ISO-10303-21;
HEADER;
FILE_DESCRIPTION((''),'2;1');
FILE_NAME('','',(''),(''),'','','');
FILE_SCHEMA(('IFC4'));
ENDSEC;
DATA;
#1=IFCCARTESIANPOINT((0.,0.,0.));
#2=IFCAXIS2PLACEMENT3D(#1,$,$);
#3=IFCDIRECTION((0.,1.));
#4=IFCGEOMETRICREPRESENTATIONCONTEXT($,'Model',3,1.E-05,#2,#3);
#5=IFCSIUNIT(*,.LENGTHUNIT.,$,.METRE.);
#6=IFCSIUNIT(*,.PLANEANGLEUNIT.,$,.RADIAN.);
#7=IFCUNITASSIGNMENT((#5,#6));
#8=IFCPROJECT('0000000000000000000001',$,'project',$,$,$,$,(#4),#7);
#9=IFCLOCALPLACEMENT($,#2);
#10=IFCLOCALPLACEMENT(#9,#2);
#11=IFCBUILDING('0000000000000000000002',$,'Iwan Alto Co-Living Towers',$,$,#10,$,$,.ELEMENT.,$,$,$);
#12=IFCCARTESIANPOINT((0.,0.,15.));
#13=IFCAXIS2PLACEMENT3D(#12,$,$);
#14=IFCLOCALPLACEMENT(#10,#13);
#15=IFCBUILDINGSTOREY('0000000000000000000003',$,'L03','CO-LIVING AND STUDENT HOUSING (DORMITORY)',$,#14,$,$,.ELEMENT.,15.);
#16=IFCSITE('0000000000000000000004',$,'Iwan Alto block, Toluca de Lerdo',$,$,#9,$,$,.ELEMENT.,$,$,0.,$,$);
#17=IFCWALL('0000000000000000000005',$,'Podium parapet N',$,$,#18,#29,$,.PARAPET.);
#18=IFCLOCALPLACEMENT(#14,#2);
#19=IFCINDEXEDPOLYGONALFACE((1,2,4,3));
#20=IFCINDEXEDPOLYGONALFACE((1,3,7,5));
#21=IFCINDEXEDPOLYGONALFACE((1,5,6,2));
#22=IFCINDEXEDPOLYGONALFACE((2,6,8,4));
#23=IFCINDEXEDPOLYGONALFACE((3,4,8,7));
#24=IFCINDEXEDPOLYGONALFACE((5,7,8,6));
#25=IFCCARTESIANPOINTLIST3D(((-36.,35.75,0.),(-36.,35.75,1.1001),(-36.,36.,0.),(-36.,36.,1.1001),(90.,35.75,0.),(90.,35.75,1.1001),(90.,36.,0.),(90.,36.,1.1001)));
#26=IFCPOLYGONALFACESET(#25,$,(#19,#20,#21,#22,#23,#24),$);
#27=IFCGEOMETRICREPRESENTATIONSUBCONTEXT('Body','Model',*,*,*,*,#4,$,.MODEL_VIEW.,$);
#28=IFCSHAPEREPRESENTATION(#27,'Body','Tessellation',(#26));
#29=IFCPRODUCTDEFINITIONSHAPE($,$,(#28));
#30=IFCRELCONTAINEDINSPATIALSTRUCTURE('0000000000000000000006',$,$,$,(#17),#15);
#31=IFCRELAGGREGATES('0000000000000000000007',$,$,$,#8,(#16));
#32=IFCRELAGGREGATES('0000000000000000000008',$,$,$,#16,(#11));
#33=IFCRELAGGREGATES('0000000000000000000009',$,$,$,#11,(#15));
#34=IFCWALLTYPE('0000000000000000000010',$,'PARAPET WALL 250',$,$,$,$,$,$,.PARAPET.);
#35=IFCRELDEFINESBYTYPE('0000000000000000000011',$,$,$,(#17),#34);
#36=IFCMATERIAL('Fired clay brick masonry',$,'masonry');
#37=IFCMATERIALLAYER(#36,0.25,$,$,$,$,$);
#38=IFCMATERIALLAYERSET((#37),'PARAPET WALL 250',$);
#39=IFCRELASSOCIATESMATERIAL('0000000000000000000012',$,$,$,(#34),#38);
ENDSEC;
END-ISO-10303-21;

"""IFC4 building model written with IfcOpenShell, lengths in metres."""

from ifc_helpers import new_model, si_unit, direction, frame, frame_2d, origin, place, context, subcontext, project, spatial, rectangle, extrude, material, layer, layer_set, type_object, element, save


model = new_model("IFC4")

# Units and contexts
model_context = context("Model", 3, precision=1e-05, world=origin(), true_north=direction((0.0, 1.0)))
body_context = subcontext(model_context, "Body", "Model", "MODEL_VIEW")
ifc_project = project(units=[si_unit("LENGTHUNIT", "METRE"), si_unit("PLANEANGLEUNIT", "RADIAN")], contexts=[model_context])

# Site, building, storey
site_placement = place(None, origin())
site = spatial("IfcSite", under=ifc_project, at=site_placement, Name="Iwan Alto block, Toluca de Lerdo", CompositionType="ELEMENT", RefElevation=0.0)
building_placement = place(site_placement, origin())
building = spatial("IfcBuilding", under=site, at=building_placement, Name="Iwan Alto Co-Living Towers", CompositionType="ELEMENT")
storey_placement = place(building_placement, frame((0.0, 0.0, 15.0)))
storey = spatial("IfcBuildingStorey", under=building, at=storey_placement, Name="L03", Description="CO-LIVING AND STUDENT HOUSING (DORMITORY)", CompositionType="ELEMENT", Elevation=15.0)

# Wall
ifc_material_1 = material(Name="Fired clay brick masonry", Category="masonry")
ifc_layer_1 = layer(ifc_material_1, 0.25)
ifc_layer_set_1 = layer_set([ifc_layer_1], Name="PARAPET WALL 250")
wall_type = type_object("IfcWallType", Name="PARAPET WALL 250", PredefinedType="PARAPET", material=ifc_layer_set_1)
wall_placement = place(storey_placement, frame((90.0, 35.875, 0.0), z_axis=(0.0, 0.0, 1.0), x_axis=(-1.0, 0.0, 0.0)))
element("IfcWall", 1, at=wall_placement, inside=storey, type_object=wall_type, Name="Podium parapet N", PredefinedType="PARAPET", context=body_context, shape_type="SweptSolid", body=[
    extrude(rectangle(XDim=126.0, YDim=0.25, at=frame_2d((63.0, 0.0))), origin(), (0.0, 0.0, 1.0), 1.1001),
])

save(model, "model.ifc")
